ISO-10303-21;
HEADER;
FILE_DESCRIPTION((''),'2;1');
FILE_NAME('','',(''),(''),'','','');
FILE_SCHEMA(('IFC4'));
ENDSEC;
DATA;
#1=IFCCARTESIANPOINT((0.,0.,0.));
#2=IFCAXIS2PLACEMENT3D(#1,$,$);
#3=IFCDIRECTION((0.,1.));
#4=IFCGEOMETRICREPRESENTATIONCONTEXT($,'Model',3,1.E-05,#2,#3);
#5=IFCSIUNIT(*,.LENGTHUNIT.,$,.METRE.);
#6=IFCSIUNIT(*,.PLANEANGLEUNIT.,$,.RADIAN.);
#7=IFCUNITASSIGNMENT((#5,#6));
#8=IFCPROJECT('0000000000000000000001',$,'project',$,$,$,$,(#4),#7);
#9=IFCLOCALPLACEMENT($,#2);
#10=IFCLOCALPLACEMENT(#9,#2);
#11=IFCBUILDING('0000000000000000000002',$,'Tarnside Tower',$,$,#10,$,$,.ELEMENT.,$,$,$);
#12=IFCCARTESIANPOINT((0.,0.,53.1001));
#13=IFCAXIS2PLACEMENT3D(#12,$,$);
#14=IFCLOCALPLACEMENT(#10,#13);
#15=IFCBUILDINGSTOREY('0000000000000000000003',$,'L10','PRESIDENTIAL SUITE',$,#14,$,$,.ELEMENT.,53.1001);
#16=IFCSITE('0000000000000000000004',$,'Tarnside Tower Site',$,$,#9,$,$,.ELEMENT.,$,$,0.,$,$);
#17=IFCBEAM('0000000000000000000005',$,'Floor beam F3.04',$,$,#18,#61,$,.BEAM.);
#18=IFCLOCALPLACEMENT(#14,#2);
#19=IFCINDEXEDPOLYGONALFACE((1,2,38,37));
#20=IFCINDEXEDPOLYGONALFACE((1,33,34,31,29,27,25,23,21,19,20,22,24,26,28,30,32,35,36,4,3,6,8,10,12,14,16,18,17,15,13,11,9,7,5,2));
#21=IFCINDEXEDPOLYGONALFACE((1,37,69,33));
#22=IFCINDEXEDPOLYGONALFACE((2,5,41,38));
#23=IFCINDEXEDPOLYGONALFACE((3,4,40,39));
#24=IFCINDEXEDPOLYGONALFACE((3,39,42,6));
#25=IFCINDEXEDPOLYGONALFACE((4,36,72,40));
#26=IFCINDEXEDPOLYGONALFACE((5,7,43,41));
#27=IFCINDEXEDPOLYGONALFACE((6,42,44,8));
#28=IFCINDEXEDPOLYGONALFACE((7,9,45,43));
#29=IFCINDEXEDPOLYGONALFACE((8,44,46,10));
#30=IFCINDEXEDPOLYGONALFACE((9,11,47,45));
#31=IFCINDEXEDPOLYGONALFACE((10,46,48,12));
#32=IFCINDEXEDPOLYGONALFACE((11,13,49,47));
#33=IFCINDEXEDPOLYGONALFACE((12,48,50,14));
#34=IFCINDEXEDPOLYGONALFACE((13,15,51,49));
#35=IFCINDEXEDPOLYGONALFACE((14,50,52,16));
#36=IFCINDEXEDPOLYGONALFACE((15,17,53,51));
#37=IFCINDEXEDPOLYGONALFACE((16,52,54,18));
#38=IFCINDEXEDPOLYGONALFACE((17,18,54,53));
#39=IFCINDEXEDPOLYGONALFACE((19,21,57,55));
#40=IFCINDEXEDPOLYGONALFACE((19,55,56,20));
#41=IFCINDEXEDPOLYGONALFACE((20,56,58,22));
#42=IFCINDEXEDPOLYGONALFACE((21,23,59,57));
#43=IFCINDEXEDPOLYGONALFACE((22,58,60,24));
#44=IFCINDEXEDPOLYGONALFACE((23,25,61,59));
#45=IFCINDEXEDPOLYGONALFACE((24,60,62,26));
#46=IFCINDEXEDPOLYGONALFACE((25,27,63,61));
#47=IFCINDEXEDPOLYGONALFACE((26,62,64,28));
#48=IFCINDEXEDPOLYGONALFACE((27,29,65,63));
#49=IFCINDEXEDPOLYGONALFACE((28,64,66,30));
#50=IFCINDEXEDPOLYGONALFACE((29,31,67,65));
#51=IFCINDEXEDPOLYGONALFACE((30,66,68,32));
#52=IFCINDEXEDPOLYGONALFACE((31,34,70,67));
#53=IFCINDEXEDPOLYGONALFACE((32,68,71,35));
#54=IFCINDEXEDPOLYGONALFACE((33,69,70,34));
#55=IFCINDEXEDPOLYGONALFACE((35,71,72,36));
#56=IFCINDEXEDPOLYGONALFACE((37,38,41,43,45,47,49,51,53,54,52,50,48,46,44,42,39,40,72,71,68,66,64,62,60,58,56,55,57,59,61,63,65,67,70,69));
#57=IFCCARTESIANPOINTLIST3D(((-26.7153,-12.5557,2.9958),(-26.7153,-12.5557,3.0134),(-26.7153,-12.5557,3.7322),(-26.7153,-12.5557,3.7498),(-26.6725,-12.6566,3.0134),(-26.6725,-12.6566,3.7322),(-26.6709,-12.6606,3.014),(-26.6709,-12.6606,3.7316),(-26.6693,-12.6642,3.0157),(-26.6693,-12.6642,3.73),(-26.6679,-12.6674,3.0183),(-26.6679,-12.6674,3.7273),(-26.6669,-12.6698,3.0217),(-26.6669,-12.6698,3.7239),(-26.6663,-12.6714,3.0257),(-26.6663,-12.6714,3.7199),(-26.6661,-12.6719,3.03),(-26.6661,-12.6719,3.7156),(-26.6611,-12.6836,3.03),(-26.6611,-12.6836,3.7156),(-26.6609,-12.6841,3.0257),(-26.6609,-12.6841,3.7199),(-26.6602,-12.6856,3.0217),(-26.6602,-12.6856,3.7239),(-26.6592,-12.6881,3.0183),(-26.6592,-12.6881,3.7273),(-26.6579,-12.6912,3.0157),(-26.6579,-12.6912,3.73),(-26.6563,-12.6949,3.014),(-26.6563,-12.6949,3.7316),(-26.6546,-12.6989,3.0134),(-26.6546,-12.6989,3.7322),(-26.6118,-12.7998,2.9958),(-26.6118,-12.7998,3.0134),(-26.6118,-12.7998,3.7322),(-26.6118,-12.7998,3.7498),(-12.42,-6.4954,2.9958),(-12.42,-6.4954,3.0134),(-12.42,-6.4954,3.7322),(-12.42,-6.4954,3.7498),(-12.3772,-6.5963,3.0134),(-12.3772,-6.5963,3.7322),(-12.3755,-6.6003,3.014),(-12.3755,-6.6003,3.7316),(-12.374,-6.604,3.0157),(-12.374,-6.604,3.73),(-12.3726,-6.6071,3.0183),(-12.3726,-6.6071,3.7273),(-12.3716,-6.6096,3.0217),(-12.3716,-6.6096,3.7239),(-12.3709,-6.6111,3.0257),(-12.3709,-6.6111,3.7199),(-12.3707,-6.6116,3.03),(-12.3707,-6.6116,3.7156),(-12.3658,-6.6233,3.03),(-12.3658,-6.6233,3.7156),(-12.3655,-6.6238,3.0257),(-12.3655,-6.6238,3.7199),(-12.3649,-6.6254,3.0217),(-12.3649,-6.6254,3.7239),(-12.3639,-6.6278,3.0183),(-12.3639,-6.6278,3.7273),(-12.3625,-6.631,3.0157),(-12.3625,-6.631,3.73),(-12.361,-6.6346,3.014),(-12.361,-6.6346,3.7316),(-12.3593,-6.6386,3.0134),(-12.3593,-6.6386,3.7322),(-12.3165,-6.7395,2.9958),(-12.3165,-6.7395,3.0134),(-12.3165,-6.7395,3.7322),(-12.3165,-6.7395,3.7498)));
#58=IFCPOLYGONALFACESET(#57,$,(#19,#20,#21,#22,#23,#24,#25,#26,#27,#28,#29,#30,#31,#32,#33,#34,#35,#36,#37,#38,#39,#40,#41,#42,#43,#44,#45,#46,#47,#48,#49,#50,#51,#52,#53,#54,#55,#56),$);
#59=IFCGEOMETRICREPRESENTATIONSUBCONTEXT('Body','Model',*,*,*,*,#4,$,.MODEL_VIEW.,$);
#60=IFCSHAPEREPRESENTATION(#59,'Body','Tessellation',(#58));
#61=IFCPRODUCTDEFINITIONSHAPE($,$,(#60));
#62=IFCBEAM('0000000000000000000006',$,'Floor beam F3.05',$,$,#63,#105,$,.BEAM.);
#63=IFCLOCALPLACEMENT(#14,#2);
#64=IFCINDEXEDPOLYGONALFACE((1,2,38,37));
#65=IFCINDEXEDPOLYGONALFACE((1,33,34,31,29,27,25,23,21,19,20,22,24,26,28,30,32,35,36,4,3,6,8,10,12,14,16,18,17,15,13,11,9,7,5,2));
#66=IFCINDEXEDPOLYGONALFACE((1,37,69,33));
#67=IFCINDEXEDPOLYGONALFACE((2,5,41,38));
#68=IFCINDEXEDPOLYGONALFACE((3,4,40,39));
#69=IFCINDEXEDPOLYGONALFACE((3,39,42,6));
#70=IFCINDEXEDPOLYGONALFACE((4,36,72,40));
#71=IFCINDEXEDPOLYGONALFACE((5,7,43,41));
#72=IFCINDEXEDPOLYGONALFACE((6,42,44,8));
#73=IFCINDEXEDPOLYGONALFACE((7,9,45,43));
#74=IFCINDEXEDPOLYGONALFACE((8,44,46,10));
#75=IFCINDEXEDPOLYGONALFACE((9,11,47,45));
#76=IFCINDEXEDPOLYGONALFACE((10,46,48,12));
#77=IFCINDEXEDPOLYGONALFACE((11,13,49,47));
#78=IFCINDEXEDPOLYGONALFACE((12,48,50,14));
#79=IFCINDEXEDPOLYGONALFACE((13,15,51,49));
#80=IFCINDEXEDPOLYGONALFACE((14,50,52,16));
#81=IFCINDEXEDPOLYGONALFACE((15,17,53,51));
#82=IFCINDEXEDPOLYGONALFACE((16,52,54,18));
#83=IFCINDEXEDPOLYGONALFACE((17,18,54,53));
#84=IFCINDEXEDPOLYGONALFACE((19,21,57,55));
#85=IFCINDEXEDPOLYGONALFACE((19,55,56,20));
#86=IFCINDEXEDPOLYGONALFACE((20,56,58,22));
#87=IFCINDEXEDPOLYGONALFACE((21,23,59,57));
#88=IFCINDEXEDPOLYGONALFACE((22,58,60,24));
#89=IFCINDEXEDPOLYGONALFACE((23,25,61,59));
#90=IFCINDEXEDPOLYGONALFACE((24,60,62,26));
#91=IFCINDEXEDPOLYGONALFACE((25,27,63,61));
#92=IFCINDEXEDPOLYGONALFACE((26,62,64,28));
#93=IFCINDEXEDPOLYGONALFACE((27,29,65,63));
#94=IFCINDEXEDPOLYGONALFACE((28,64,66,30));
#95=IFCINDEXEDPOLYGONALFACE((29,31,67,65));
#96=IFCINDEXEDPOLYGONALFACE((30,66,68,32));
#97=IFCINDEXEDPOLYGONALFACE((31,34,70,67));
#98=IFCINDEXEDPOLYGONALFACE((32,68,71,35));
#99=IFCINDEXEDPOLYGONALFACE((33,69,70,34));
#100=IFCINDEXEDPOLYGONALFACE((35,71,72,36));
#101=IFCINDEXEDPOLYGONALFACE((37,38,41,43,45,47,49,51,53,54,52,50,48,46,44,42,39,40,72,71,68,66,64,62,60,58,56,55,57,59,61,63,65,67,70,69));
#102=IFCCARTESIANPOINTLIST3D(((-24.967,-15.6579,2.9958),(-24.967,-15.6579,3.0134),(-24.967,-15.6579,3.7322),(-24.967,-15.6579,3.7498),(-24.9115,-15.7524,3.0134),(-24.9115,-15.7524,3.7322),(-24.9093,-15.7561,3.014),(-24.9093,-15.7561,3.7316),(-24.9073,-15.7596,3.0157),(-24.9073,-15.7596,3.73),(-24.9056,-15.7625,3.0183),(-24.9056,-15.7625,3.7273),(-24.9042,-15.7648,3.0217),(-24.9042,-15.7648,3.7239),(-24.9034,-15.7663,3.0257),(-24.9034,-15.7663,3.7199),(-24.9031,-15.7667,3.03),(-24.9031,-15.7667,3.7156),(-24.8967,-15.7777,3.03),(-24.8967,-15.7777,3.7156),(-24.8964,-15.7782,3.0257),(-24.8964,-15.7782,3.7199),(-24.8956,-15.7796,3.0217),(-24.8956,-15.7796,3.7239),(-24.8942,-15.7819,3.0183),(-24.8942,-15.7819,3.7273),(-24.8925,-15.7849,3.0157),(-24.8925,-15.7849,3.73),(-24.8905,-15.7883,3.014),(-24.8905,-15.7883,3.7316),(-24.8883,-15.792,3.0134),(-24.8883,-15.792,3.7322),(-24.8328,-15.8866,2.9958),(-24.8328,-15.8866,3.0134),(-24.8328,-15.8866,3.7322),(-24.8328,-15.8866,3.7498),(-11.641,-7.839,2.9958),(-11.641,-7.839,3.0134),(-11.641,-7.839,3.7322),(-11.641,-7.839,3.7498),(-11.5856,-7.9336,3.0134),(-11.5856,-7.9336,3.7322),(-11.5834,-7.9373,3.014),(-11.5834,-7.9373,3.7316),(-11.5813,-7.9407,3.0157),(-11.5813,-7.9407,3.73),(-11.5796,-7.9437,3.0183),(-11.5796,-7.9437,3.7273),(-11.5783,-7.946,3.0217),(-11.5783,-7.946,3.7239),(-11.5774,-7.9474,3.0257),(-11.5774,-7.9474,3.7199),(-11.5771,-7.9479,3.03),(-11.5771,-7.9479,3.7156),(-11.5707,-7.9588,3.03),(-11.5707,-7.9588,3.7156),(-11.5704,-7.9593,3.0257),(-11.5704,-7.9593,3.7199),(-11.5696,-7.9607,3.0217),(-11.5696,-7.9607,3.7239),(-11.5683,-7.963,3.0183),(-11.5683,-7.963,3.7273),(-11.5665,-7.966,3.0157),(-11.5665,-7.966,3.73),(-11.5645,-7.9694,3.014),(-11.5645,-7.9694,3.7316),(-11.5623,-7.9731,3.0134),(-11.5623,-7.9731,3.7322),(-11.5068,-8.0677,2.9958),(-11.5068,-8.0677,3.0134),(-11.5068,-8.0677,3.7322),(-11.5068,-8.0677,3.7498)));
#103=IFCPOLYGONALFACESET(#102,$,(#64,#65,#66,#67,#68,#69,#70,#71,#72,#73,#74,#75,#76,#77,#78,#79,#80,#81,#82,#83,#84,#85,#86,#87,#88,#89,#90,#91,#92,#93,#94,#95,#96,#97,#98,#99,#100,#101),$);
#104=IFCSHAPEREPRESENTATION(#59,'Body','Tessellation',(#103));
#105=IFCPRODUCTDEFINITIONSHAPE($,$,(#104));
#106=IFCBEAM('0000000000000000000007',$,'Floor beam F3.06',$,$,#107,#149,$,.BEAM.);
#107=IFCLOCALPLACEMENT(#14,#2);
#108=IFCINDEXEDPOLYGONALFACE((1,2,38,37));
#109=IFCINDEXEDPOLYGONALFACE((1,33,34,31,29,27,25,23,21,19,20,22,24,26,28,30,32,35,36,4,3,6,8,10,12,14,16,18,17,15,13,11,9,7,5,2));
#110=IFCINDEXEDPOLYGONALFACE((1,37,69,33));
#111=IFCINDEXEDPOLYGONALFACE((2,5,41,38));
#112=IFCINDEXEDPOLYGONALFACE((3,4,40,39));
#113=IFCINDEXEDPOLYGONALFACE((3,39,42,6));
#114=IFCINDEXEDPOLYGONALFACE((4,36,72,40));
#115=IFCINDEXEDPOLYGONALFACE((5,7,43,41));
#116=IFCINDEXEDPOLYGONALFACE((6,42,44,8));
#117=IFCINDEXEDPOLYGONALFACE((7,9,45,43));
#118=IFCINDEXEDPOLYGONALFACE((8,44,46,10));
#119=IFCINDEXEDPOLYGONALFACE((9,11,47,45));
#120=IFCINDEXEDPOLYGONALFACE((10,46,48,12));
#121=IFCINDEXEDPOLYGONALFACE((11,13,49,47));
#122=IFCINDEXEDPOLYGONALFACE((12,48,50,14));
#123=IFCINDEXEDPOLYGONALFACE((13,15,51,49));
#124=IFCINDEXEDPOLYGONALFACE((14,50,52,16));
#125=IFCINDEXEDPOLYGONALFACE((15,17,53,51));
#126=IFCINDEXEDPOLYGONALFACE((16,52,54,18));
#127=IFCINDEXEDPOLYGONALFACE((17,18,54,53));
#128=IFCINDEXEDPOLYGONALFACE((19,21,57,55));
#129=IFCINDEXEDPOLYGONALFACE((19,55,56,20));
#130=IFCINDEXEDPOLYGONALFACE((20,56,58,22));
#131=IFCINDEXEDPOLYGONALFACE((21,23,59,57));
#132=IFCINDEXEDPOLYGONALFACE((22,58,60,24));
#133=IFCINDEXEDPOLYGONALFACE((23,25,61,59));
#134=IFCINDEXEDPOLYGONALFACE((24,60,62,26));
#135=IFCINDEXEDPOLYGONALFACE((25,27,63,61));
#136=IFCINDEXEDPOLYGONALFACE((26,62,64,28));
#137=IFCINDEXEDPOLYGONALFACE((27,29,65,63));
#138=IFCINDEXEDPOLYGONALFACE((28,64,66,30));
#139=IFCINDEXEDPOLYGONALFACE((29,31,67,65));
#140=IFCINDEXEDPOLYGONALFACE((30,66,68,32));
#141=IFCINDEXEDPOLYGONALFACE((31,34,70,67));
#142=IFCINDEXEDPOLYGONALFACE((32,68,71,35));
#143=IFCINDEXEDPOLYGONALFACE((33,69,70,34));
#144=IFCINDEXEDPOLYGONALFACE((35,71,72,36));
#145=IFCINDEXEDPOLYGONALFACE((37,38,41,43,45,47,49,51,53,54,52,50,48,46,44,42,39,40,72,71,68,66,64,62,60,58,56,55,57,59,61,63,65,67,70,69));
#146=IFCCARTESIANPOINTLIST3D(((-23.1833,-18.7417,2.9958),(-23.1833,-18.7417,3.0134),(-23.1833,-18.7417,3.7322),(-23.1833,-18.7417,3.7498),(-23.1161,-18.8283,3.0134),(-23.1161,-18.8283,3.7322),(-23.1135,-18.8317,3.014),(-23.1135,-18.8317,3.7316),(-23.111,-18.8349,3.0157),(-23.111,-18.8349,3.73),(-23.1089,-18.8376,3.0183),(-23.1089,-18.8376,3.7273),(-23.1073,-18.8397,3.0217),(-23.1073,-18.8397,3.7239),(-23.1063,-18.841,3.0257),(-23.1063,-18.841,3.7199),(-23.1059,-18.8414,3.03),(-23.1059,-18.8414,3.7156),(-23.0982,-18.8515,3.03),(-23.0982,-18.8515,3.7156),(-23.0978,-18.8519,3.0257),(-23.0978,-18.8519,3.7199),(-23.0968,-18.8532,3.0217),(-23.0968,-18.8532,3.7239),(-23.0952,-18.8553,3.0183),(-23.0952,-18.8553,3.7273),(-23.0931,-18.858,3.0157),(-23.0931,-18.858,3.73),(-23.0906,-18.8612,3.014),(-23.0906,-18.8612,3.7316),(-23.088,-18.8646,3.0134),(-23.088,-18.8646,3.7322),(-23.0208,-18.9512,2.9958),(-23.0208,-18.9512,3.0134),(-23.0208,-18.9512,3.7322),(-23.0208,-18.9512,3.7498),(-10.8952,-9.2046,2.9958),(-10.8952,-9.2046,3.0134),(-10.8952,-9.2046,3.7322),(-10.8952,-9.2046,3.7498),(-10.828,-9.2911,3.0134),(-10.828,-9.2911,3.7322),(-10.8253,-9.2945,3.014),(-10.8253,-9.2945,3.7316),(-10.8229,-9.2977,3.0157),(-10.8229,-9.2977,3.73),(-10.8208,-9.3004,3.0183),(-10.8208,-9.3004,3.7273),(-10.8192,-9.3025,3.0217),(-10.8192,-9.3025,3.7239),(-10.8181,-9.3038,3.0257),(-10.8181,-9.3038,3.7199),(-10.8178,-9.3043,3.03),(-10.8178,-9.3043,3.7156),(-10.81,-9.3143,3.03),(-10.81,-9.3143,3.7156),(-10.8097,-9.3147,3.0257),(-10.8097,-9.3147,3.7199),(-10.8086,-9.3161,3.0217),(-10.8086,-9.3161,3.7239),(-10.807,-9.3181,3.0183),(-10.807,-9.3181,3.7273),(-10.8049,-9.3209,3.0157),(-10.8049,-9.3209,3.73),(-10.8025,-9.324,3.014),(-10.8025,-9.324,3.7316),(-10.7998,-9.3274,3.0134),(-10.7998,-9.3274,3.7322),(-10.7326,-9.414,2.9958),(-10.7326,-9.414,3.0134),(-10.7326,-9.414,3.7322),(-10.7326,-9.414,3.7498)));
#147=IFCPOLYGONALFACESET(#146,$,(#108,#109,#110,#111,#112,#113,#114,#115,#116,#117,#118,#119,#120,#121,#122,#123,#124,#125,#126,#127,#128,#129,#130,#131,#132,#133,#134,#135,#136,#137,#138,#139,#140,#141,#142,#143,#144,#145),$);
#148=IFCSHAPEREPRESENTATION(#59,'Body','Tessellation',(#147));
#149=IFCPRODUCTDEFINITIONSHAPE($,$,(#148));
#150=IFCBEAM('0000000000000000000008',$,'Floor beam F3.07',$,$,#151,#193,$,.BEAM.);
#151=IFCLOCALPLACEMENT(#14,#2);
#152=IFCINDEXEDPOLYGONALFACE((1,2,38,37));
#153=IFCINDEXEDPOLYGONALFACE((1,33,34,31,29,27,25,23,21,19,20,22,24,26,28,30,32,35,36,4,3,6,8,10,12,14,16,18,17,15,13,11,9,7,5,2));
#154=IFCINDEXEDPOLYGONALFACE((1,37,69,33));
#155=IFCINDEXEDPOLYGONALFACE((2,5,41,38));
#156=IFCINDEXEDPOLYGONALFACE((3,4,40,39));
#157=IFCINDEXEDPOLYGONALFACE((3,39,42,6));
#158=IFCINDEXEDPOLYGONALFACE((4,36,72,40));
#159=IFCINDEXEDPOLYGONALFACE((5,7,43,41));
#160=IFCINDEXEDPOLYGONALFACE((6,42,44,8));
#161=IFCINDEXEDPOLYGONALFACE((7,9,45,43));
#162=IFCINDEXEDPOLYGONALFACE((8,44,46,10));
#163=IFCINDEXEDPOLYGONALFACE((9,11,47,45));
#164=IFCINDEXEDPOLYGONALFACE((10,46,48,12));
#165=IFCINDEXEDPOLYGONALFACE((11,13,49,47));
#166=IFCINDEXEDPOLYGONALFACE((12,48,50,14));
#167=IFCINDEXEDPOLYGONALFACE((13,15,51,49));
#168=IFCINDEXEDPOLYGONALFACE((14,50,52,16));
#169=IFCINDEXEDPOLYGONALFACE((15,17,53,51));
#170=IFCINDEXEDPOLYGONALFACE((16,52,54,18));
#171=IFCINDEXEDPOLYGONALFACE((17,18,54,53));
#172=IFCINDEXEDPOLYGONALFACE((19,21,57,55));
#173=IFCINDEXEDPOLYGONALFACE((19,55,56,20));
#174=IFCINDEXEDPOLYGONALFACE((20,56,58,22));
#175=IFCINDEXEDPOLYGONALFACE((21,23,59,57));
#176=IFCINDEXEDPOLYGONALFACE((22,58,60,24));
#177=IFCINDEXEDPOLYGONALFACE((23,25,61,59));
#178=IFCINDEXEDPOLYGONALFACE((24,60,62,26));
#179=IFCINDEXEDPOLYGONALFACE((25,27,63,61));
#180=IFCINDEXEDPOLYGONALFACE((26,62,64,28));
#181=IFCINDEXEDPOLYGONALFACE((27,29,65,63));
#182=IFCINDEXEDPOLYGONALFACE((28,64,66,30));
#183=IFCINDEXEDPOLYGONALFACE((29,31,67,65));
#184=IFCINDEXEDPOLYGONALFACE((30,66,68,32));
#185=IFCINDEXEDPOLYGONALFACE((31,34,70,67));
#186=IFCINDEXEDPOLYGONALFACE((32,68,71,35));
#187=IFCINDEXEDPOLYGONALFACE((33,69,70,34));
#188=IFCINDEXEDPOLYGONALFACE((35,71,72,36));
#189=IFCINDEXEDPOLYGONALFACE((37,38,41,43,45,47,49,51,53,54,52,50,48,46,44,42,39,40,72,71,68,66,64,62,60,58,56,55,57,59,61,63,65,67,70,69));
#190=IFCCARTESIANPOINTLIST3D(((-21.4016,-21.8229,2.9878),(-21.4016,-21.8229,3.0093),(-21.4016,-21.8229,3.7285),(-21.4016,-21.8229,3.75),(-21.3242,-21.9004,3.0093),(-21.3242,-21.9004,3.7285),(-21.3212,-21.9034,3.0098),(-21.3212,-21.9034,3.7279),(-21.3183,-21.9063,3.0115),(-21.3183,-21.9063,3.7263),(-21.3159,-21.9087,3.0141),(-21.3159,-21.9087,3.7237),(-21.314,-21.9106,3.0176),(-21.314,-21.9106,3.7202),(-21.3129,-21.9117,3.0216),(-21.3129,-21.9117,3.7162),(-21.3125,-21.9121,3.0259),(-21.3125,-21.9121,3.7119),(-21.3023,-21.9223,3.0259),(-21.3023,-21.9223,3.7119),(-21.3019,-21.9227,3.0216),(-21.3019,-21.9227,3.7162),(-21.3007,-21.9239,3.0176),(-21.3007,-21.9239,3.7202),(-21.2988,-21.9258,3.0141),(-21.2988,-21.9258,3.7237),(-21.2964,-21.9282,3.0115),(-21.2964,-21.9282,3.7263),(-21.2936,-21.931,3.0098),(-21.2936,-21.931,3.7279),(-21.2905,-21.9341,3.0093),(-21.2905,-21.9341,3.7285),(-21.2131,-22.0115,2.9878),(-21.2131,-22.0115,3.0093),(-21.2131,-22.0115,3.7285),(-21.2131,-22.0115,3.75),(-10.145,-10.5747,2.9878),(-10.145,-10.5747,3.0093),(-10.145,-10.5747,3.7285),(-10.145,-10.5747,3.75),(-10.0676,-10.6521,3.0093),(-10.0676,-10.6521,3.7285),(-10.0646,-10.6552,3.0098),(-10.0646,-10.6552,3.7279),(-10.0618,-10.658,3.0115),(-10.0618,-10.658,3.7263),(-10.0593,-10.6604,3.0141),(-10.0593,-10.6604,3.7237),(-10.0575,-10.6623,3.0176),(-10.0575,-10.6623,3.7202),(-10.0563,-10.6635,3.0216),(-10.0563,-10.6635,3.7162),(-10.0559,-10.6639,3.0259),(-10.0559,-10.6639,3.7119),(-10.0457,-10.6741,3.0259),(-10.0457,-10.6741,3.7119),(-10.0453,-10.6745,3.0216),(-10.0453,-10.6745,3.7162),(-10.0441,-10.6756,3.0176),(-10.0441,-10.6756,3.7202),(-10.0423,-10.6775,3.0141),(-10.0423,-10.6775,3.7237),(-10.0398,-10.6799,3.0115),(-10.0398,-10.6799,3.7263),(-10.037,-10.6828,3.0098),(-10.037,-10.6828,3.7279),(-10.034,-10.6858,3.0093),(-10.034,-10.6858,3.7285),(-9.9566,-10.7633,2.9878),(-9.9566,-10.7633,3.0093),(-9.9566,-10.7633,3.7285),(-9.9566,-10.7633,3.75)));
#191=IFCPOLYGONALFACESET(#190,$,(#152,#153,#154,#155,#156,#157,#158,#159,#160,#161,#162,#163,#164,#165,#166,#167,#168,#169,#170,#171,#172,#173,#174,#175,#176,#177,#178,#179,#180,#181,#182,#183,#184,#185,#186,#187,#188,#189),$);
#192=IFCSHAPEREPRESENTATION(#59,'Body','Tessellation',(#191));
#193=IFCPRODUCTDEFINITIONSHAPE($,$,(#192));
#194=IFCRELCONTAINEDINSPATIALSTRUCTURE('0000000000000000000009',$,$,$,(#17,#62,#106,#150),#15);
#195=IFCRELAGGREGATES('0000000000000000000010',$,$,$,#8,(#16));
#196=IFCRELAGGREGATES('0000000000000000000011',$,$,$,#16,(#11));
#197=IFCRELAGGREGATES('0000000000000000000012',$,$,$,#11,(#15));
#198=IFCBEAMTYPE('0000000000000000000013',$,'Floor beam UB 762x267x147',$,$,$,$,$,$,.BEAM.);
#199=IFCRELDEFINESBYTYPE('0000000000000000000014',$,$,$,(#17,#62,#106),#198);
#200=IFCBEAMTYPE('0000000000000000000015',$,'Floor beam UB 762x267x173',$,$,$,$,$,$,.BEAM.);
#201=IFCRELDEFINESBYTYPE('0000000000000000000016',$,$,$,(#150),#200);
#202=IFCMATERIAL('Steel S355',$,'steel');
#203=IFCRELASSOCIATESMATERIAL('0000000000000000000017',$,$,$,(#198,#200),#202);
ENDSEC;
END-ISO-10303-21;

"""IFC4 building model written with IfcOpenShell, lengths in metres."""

from ifc_helpers import new_model, si_unit, direction, frame, origin, origin_2d, place, context, subcontext, project, spatial, i_section, extrude, material, material_profile, profile_set, type_object, element, save


model = new_model("IFC4")

# Units and contexts
model_context = context("Model", 3, precision=1e-05, world=origin(), true_north=direction((0.0, 1.0)))
body_context = subcontext(model_context, "Body", "Model", "MODEL_VIEW")
ifc_project = project(units=[si_unit("LENGTHUNIT", "METRE"), si_unit("PLANEANGLEUNIT", "RADIAN")], contexts=[model_context])

# Site, building, storey
site_placement = place(None, origin())
site = spatial("IfcSite", under=ifc_project, at=site_placement, Name="Tarnside Tower Site", CompositionType="ELEMENT", RefElevation=0.0)
building_placement = place(site_placement, origin())
building = spatial("IfcBuilding", under=site, at=building_placement, Name="Tarnside Tower", CompositionType="ELEMENT")
storey_placement = place(building_placement, frame((0.0, 0.0, 53.1001)))
storey = spatial("IfcBuildingStorey", under=building, at=storey_placement, Name="L10", Description="PRESIDENTIAL SUITE", CompositionType="ELEMENT", Elevation=53.1001)

# Beams
ifc_material_1 = material(Name="Steel S355", Category="steel")
ifc_material_profile_1 = material_profile(ifc_material_1, i_section(OverallWidth=0.2651, OverallDepth=0.7539, WebThickness=0.0127, FlangeThickness=0.0176, FilletRadius=0.0166, at=origin_2d()), Name="UB 762x267x147")
ifc_profile_set_1 = profile_set([ifc_material_profile_1], Name="Steel S355")
beam_type_1 = type_object("IfcBeamType", Name="Floor beam UB 762x267x147", PredefinedType="BEAM", material=ifc_profile_set_1)
beam_1_placement = place(storey_placement, frame((-26.6636, -12.6777, 3.3728), z_axis=(0.920684, 0.390309, 0.0), x_axis=(-0.390309, 0.920684, 0.0)))
element("IfcBeam", 1, at=beam_1_placement, inside=storey, type_object=beam_type_1, Name="Floor beam F3.04", PredefinedType="BEAM", context=body_context, shape_type="SweptSolid", body=[
    extrude(i_section(OverallWidth=0.2651, OverallDepth=0.7539, WebThickness=0.0127, FlangeThickness=0.0176, FilletRadius=0.0166, at=origin_2d()), origin(), (0.0, 0.0, 1.0), 15.5269),
])
beam_2_placement = place(storey_placement, frame((-24.8999, -15.7722, 3.3728), z_axis=(0.862498, 0.506061, 0.0), x_axis=(-0.506061, 0.862498, 0.0)))
element("IfcBeam", 2, at=beam_2_placement, inside=storey, type_object=beam_type_1, Name="Floor beam F3.05", PredefinedType="BEAM", context=body_context, shape_type="SweptSolid", body=[
    extrude(i_section(OverallWidth=0.2651, OverallDepth=0.7539, WebThickness=0.0127, FlangeThickness=0.0176, FilletRadius=0.0166, at=origin_2d()), origin(), (0.0, 0.0, 1.0), 15.4504),
])
beam_3_placement = place(storey_placement, frame((-23.1021, -18.8464, 3.3728), z_axis=(0.789984, 0.613128, 0.0), x_axis=(-0.613128, 0.789984, 0.0)))
element("IfcBeam", 3, at=beam_3_placement, inside=storey, type_object=beam_type_1, Name="Floor beam F3.06", PredefinedType="BEAM", context=body_context, shape_type="SweptSolid", body=[
    extrude(i_section(OverallWidth=0.2651, OverallDepth=0.7539, WebThickness=0.0127, FlangeThickness=0.0176, FilletRadius=0.0166, at=origin_2d()), origin(), (0.0, 0.0, 1.0), 15.5549),
])
ifc_material_profile_2 = material_profile(ifc_material_1, i_section(OverallWidth=0.2666, OverallDepth=0.7622, WebThickness=0.0144, FlangeThickness=0.0215, FilletRadius=0.0166, at=origin_2d()), Name="UB 762x267x173")
ifc_profile_set_2 = profile_set([ifc_material_profile_2], Name="Steel S355")
beam_type_2 = type_object("IfcBeamType", Name="Floor beam UB 762x267x173", PredefinedType="BEAM", material=ifc_profile_set_2)
beam_4_placement = place(storey_placement, frame((-21.3074, -21.9172, 3.3689), z_axis=(0.707368, 0.706846, 0.0), x_axis=(-0.706846, 0.707368, 0.0)))
element("IfcBeam", 4, at=beam_4_placement, inside=storey, type_object=beam_type_2, Name="Floor beam F3.07", PredefinedType="BEAM", context=body_context, shape_type="SweptSolid", body=[
    extrude(i_section(OverallWidth=0.2666, OverallDepth=0.7622, WebThickness=0.0144, FlangeThickness=0.0215, FilletRadius=0.0166, at=origin_2d()), origin(), (0.0, 0.0, 1.0), 15.9133),
])

save(model, "model.ifc")
